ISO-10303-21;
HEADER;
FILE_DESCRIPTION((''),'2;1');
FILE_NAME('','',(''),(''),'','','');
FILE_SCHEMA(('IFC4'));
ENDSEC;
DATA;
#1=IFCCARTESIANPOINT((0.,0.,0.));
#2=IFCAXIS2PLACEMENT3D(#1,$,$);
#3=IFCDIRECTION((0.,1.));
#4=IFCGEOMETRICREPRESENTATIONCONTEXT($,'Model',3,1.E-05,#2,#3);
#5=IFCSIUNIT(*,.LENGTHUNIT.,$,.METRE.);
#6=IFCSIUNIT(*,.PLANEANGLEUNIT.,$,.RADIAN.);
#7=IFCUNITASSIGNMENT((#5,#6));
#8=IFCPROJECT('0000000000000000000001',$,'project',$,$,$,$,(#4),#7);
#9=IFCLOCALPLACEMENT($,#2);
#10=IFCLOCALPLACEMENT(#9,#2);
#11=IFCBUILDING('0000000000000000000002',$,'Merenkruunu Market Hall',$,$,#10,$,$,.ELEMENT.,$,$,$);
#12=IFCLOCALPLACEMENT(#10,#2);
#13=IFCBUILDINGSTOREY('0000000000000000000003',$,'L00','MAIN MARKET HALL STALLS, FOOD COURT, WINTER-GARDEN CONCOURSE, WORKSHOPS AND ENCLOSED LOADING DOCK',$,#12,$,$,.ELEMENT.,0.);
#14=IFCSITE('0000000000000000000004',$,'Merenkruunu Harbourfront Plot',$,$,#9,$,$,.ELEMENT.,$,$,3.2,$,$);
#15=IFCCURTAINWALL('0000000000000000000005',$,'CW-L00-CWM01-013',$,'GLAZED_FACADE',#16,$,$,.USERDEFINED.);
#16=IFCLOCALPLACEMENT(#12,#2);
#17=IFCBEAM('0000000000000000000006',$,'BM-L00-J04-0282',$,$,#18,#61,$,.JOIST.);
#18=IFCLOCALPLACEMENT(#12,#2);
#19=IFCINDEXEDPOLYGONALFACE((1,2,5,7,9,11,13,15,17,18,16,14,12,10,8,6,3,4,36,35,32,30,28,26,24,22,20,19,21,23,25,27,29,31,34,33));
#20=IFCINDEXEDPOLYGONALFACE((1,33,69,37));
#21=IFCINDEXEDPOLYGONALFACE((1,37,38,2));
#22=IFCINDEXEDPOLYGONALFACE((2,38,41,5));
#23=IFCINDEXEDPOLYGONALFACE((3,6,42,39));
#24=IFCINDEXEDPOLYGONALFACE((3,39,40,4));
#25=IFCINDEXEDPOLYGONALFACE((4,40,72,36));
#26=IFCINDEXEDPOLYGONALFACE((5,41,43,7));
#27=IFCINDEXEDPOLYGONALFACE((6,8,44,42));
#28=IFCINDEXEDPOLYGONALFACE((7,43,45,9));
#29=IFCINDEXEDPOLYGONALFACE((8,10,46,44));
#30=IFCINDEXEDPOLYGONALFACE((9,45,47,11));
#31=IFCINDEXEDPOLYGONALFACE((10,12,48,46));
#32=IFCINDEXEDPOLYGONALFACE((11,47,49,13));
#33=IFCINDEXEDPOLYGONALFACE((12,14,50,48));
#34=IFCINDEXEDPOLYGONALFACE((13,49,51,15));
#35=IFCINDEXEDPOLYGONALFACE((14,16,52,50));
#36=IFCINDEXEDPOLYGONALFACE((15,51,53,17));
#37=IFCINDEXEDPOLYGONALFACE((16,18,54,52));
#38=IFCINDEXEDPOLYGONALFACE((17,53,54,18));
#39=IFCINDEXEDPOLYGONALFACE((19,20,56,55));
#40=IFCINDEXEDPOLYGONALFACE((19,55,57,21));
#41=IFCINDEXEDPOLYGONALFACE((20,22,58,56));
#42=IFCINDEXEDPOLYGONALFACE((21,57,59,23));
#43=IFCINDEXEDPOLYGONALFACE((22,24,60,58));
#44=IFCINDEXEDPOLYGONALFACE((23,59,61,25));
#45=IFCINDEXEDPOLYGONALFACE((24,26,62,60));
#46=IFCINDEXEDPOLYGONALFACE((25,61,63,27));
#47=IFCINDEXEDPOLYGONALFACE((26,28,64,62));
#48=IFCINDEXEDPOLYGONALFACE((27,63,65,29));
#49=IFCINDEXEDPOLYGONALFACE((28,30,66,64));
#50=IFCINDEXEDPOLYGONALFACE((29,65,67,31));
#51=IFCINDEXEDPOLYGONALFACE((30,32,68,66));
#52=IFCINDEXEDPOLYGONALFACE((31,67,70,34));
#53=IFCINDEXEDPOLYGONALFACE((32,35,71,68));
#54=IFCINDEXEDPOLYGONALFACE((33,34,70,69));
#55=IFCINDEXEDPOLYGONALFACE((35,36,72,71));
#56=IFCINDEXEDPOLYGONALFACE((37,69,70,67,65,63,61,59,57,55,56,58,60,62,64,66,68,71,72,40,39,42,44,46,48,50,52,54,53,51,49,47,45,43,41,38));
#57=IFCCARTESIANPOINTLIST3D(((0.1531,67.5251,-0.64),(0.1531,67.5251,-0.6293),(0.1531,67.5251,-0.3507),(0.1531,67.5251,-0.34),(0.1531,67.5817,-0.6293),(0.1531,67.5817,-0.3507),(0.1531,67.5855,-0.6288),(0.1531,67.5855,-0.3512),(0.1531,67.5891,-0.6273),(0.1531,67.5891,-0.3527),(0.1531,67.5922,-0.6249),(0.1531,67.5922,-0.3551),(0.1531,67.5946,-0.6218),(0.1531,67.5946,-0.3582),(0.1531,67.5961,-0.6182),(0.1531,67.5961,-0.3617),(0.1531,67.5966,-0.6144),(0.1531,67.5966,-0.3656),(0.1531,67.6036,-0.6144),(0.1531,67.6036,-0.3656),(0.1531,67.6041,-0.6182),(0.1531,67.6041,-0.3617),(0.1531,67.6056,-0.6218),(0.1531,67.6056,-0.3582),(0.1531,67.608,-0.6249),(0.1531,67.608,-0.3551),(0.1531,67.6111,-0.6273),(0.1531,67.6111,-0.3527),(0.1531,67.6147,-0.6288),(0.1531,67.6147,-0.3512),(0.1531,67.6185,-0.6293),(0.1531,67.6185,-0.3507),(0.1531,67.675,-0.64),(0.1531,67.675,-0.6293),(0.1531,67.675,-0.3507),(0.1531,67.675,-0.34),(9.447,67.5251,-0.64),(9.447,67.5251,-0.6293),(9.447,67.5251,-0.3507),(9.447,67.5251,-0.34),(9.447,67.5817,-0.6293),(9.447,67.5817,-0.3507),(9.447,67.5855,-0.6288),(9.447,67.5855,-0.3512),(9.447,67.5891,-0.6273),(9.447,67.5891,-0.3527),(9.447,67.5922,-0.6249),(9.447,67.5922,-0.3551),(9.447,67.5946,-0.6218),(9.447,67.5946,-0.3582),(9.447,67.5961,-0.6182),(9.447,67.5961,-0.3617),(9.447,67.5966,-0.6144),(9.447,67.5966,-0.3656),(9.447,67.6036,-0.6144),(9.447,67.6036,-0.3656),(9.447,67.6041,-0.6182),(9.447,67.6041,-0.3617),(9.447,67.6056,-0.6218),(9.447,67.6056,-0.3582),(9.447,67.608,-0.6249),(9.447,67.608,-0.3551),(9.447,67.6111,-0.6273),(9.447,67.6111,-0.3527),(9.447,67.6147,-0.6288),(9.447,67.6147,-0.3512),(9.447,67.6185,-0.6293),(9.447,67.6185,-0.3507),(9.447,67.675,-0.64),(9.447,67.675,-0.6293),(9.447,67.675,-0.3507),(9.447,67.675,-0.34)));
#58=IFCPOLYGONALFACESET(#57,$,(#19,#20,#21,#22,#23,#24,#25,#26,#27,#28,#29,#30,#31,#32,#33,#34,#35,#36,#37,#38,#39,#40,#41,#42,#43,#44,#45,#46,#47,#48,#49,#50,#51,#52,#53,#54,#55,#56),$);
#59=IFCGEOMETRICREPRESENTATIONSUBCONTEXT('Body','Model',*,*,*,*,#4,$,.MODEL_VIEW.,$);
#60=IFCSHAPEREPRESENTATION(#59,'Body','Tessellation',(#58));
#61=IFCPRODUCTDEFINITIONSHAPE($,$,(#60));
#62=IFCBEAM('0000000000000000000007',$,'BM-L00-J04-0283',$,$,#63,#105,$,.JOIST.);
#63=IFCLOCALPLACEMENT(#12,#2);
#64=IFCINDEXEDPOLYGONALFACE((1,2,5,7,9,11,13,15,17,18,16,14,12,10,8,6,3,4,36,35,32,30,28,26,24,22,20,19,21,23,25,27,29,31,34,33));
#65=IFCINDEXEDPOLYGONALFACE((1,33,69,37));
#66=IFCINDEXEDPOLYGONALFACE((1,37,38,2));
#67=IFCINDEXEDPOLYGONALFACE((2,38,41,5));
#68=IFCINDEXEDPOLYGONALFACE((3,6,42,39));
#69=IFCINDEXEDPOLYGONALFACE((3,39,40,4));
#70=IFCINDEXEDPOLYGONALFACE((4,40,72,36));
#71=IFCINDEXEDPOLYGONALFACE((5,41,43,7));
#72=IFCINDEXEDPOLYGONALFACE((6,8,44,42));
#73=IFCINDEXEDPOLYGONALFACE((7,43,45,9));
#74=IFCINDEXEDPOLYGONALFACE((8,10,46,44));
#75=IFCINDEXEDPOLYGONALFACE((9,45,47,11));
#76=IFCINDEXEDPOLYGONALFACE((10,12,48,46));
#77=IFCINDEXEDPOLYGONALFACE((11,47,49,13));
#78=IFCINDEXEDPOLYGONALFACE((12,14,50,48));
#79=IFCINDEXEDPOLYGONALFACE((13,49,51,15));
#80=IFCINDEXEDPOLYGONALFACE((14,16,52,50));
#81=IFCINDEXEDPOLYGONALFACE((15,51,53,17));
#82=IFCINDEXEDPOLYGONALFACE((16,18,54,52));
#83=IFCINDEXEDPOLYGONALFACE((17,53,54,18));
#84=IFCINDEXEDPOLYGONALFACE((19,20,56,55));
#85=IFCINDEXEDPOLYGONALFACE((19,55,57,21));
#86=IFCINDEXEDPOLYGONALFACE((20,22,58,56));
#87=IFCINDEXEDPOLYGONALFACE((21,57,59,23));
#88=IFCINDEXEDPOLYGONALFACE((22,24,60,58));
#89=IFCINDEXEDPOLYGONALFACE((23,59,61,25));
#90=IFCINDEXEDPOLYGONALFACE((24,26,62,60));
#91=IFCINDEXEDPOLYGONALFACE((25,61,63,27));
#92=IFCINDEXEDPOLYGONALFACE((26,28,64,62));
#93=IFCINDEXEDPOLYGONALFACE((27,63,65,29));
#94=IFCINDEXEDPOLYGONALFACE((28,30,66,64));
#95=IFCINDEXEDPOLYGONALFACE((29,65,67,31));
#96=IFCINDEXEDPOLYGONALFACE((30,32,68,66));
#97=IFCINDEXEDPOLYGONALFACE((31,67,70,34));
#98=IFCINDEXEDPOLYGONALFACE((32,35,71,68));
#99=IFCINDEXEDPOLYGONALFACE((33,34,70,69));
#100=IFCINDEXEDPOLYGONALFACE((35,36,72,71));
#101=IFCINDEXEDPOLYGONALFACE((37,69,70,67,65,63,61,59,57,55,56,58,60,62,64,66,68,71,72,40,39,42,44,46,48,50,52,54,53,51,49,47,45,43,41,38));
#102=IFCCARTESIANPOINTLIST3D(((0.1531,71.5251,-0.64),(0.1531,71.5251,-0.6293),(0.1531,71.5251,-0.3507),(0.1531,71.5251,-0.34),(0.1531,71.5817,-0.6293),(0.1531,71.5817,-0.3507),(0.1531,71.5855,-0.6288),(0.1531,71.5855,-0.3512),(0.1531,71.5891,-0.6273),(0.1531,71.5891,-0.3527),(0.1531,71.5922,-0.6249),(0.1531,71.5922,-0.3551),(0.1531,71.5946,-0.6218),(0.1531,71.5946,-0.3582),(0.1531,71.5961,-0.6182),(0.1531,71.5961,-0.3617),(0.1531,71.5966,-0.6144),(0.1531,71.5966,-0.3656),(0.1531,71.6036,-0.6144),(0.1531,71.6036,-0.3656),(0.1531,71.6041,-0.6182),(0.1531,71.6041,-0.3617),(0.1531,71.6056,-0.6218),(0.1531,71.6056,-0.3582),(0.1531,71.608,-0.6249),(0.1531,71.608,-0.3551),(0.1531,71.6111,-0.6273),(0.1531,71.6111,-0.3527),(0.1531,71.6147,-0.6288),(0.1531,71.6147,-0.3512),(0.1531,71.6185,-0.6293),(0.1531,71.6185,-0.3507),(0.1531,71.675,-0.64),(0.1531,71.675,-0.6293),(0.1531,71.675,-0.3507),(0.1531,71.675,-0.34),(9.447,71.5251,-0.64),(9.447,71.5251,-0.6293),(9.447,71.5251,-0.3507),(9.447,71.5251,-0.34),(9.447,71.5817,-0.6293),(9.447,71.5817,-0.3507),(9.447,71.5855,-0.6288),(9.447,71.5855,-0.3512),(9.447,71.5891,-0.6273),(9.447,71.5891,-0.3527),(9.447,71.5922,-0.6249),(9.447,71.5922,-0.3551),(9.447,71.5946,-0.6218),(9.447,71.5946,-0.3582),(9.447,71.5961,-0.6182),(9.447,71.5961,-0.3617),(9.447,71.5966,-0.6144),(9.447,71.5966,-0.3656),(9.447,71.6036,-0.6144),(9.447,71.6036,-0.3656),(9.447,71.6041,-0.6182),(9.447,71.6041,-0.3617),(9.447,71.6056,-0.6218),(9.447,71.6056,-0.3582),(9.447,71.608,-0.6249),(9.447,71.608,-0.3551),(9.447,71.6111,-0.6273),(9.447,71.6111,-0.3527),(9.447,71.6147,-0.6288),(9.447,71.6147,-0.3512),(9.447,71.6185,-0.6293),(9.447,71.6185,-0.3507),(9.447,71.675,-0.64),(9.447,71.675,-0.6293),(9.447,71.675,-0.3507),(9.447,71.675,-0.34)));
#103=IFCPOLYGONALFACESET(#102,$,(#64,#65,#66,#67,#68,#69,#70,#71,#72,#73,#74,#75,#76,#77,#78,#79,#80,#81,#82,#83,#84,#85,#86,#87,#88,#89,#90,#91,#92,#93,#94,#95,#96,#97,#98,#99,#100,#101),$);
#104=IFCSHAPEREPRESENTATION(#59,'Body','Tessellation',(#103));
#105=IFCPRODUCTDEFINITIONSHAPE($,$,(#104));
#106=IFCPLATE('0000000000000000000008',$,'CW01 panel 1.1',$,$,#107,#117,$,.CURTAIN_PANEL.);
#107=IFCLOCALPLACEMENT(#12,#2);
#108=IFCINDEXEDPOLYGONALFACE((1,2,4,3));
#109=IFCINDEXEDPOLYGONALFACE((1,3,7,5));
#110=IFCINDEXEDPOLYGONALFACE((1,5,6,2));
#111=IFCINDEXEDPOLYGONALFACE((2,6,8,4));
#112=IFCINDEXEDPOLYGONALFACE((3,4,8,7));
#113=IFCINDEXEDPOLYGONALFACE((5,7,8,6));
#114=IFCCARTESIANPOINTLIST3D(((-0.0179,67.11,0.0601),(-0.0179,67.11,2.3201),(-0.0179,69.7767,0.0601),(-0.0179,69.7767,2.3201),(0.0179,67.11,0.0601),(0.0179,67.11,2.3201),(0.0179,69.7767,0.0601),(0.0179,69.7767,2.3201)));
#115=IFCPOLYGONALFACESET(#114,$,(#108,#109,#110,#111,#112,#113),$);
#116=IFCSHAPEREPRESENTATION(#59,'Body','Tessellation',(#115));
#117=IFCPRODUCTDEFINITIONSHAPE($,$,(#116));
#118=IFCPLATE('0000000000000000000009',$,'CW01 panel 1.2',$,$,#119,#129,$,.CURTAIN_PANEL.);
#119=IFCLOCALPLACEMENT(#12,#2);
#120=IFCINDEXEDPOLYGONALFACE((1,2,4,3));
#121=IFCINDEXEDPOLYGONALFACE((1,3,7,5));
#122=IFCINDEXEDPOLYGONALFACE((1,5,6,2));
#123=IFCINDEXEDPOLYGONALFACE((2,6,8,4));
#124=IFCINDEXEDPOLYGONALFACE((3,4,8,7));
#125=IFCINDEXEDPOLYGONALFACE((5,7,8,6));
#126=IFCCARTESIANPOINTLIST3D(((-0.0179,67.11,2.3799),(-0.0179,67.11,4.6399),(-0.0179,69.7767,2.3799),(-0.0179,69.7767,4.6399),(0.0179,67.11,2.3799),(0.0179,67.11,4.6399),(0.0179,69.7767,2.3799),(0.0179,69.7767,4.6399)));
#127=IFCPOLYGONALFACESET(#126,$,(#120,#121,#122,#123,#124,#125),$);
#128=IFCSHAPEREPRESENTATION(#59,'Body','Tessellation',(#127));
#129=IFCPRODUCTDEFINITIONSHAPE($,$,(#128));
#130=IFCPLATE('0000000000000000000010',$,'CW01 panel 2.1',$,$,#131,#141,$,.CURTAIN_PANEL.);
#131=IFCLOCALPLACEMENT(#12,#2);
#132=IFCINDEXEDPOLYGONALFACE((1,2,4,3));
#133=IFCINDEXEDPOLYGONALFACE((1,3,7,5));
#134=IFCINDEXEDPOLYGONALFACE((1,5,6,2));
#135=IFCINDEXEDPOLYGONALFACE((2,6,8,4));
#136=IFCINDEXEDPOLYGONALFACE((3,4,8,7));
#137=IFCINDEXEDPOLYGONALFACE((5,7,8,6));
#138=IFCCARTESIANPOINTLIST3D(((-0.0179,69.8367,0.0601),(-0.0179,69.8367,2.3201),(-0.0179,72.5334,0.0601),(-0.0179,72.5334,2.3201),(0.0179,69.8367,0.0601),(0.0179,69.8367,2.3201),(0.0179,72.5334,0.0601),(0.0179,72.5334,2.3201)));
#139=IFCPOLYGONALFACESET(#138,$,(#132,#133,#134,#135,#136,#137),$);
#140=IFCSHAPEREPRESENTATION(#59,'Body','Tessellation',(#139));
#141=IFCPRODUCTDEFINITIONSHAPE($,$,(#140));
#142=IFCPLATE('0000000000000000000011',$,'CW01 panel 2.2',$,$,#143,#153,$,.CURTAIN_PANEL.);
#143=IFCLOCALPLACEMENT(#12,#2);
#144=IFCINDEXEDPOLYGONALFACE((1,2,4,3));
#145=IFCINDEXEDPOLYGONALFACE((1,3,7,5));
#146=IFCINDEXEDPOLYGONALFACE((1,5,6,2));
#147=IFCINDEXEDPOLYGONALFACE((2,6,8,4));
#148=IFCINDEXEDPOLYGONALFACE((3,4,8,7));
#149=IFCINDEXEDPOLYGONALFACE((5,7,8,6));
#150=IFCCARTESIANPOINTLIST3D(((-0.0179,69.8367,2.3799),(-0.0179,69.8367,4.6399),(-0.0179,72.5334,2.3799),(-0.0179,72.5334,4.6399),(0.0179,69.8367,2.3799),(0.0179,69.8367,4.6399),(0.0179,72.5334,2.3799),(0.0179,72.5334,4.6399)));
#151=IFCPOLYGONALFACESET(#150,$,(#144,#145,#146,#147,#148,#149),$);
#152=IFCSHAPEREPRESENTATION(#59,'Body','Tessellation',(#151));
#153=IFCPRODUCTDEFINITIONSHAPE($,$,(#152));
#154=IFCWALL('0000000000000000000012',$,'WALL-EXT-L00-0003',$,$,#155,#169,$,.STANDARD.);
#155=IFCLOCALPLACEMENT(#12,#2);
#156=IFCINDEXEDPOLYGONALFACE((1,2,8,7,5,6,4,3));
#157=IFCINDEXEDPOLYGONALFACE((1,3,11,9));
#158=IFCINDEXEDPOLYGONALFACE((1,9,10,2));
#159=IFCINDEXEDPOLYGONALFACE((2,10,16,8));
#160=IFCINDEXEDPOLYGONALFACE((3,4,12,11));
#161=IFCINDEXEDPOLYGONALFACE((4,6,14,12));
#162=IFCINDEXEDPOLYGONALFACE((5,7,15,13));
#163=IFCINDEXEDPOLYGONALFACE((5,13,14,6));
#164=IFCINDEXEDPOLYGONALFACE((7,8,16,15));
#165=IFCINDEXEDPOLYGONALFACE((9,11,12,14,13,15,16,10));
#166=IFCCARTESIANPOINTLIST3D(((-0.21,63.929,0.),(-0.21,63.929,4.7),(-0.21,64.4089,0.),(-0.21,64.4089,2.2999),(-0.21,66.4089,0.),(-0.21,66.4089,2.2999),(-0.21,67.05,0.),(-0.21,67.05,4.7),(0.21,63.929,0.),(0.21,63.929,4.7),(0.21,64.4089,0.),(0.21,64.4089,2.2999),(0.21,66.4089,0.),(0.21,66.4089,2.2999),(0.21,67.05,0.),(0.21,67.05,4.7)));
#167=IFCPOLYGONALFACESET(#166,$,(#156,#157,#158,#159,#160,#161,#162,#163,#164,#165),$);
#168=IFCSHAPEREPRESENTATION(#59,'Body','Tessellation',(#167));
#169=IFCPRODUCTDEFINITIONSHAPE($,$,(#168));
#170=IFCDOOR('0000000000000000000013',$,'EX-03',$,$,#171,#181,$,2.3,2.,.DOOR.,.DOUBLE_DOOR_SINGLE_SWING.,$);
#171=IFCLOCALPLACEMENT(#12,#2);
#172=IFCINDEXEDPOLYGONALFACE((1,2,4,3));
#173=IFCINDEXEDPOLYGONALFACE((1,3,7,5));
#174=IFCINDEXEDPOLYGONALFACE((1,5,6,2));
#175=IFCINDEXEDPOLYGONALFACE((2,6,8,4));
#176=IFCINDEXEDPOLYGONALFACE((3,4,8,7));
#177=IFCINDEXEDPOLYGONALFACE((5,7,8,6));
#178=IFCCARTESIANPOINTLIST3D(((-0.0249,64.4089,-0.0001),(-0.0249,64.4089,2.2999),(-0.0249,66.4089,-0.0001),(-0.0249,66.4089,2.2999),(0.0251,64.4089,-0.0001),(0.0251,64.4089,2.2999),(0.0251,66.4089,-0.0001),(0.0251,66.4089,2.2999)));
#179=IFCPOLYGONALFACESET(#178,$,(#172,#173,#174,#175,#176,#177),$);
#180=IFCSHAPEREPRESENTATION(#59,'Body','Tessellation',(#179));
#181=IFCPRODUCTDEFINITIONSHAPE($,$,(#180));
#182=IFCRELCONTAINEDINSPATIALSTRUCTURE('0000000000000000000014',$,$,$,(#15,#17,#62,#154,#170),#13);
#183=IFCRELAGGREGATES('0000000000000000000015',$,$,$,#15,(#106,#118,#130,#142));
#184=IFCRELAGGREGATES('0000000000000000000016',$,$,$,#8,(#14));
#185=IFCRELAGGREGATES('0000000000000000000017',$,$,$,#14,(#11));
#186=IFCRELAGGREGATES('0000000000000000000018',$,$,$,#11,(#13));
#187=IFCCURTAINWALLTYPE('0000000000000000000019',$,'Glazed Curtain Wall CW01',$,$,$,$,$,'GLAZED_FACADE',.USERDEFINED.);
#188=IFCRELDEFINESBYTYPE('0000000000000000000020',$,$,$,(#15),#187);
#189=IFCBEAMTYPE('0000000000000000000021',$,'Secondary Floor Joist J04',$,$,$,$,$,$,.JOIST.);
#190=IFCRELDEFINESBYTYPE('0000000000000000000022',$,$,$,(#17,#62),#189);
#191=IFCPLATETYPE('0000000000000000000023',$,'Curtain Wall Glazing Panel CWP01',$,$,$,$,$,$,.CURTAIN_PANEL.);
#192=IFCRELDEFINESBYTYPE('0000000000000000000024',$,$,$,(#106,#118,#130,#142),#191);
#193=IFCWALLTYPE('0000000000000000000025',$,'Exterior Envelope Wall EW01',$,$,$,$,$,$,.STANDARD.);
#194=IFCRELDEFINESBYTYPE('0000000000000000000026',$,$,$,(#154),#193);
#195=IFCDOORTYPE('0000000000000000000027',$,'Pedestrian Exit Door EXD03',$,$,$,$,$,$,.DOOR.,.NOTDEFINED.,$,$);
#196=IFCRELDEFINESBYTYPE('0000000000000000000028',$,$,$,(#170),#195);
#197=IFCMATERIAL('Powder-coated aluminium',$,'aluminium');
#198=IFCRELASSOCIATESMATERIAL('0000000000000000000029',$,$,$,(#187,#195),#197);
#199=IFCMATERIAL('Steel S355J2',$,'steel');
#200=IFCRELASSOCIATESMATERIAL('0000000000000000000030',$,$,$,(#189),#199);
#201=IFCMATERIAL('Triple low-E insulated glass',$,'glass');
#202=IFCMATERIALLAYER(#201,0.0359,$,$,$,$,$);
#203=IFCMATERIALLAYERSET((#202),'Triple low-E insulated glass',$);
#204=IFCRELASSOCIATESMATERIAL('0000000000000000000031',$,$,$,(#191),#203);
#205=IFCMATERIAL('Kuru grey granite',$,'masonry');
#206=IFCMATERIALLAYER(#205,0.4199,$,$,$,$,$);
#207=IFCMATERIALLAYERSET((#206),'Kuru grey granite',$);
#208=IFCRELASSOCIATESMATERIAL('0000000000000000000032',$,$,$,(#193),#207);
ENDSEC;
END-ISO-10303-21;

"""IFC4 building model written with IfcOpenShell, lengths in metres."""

from ifc_helpers import new_model, si_unit, direction, frame, frame_2d, origin, origin_2d, place, context, subcontext, project, spatial, rectangle, i_section, extrude, material, layer, layer_set, material_profile, profile_set, type_object, element, fill, aggregate, save


model = new_model("IFC4")

# Units and contexts
model_context = context("Model", 3, precision=1e-05, world=origin(), true_north=direction((0.0, 1.0)))
body_context = subcontext(model_context, "Body", "Model", "MODEL_VIEW")
ifc_project = project(units=[si_unit("LENGTHUNIT", "METRE"), si_unit("PLANEANGLEUNIT", "RADIAN")], contexts=[model_context])

# Site, building, storey
site_placement = place(None, origin())
site = spatial("IfcSite", under=ifc_project, at=site_placement, Name="Merenkruunu Harbourfront Plot", CompositionType="ELEMENT", RefElevation=3.2)
building_placement = place(site_placement, origin())
building = spatial("IfcBuilding", under=site, at=building_placement, Name="Merenkruunu Market Hall", CompositionType="ELEMENT")
storey_placement = place(building_placement, origin())
storey = spatial("IfcBuildingStorey", under=building, at=storey_placement, Name="L00", Description="MAIN MARKET HALL STALLS, FOOD COURT, WINTER-GARDEN CONCOURSE, WORKSHOPS AND ENCLOSED LOADING DOCK", CompositionType="ELEMENT", Elevation=0.0)

# Curtain wall
ifc_material_1 = material(Name="Powder-coated aluminium", Category="aluminium")
curtain_wall_type = type_object("IfcCurtainWallType", Name="Glazed Curtain Wall CW01", ElementType="GLAZED_FACADE", PredefinedType="USERDEFINED", material=ifc_material_1)
curtain_wall_placement = place(storey_placement, origin())
curtain_wall = element("IfcCurtainWall", 1, at=curtain_wall_placement, inside=storey, type_object=curtain_wall_type, Name="CW-L00-CWM01-013", ObjectType="GLAZED_FACADE", PredefinedType="USERDEFINED")

# Beams
ifc_material_2 = material(Name="Steel S355J2", Category="steel")
ifc_material_profile_1 = material_profile(ifc_material_2, i_section(OverallWidth=0.1499, OverallDepth=0.3, WebThickness=0.0071, FlangeThickness=0.0107, FilletRadius=0.0149, at=origin_2d()), Name="IPE 300")
ifc_profile_set_1 = profile_set([ifc_material_profile_1], Name="Steel S355J2")
beam_type = type_object("IfcBeamType", Name="Secondary Floor Joist J04", PredefinedType="JOIST", material=ifc_profile_set_1)
for number, where, z_axis, x_axis, name in (
    (2, (0.1531, 67.6001, -0.49), (1.0, 0.0, 0.0), (0.0, 1.0, 0.0), "BM-L00-J04-0282"),
    (3, (0.1531, 71.6001, -0.49), (1.0, 0.0, 0.0), (0.0, 1.0, 0.0), "BM-L00-J04-0283"),
):
    element("IfcBeam", number, at=place(storey_placement, frame(where, z_axis=z_axis, x_axis=x_axis)), inside=storey, type_object=beam_type, Name=name, PredefinedType="JOIST", context=body_context, shape_type="SweptSolid", body=[
        extrude(i_section(OverallWidth=0.1499, OverallDepth=0.3, WebThickness=0.0071, FlangeThickness=0.0107, FilletRadius=0.0149, at=origin_2d()), origin(), (0.0, 0.0, 1.0), 9.2939),
    ])

# Plates
ifc_material_3 = material(Name="Triple low-E insulated glass", Category="glass")
ifc_layer_1 = layer(ifc_material_3, 0.0359)
ifc_layer_set_1 = layer_set([ifc_layer_1], Name="Triple low-E insulated glass")
plate_type = type_object("IfcPlateType", Name="Curtain Wall Glazing Panel CWP01", PredefinedType="CURTAIN_PANEL", material=ifc_layer_set_1)
plate_1_placement = place(storey_placement, frame((0.0, 68.4434, 0.0601), z_axis=(0.0, 0.0, 1.0), x_axis=(0.0, 1.0, 0.0)))
plate_1 = element("IfcPlate", 4, at=plate_1_placement, type_object=plate_type, Name="CW01 panel 1.1", PredefinedType="CURTAIN_PANEL", context=body_context, shape_type="SweptSolid", body=[
    extrude(rectangle(XDim=2.6667, YDim=0.0359, at=origin_2d()), origin(), (0.0, 0.0, 1.0), 2.26),
])
plate_2_placement = place(storey_placement, frame((0.0, 68.4434, 2.3799), z_axis=(0.0, 0.0, 1.0), x_axis=(0.0, 1.0, 0.0)))
plate_2 = element("IfcPlate", 5, at=plate_2_placement, type_object=plate_type, Name="CW01 panel 1.2", PredefinedType="CURTAIN_PANEL", context=body_context, shape_type="SweptSolid", body=[
    extrude(rectangle(XDim=2.6667, YDim=0.0359, at=origin_2d()), origin(), (0.0, 0.0, 1.0), 2.26),
])
plate_3_placement = place(storey_placement, frame((0.0, 71.1851, 0.0601), z_axis=(0.0, 0.0, 1.0), x_axis=(0.0, 1.0, 0.0)))
plate_3 = element("IfcPlate", 6, at=plate_3_placement, type_object=plate_type, Name="CW01 panel 2.1", PredefinedType="CURTAIN_PANEL", context=body_context, shape_type="SweptSolid", body=[
    extrude(rectangle(XDim=2.6968, YDim=0.0359, at=origin_2d()), origin(), (0.0, 0.0, 1.0), 2.26),
])
plate_4_placement = place(storey_placement, frame((0.0, 71.1851, 2.3799), z_axis=(0.0, 0.0, 1.0), x_axis=(0.0, 1.0, 0.0)))
plate_4 = element("IfcPlate", 7, at=plate_4_placement, type_object=plate_type, Name="CW01 panel 2.2", PredefinedType="CURTAIN_PANEL", context=body_context, shape_type="SweptSolid", body=[
    extrude(rectangle(XDim=2.6968, YDim=0.0359, at=origin_2d()), origin(), (0.0, 0.0, 1.0), 2.26),
])
aggregate(curtain_wall, [plate_1, plate_2, plate_3, plate_4])

# Wall, opening, door
ifc_material_4 = material(Name="Kuru grey granite", Category="masonry")
ifc_layer_2 = layer(ifc_material_4, 0.4199)
ifc_layer_set_2 = layer_set([ifc_layer_2], Name="Kuru grey granite")
wall_type = type_object("IfcWallType", Name="Exterior Envelope Wall EW01", PredefinedType="STANDARD", material=ifc_layer_set_2)
wall_placement = place(storey_placement, frame((0.0, 63.929, 0.0), z_axis=(0.0, 0.0, 1.0), x_axis=(0.0, 1.0, 0.0)))
wall = element("IfcWall", 8, at=wall_placement, inside=storey, type_object=wall_type, Name="WALL-EXT-L00-0003", PredefinedType="STANDARD", context=body_context, shape_type="SweptSolid", body=[
    extrude(rectangle(XDim=3.1211, YDim=0.4199, at=frame_2d((1.5605, 0.0))), origin(), (0.0, 0.0, 1.0), 4.7),
])
opening_placement = place(wall_placement, frame((0.48, 0.0, 0.0)))
opening = element("IfcOpeningElement", 9, at=opening_placement, cuts=wall, PredefinedType="OPENING", context=body_context, shape_type="SweptSolid", body=[
    extrude(rectangle(XDim=2.0, YDim=2.3, at=frame_2d((1.0, 1.1499))), frame((0.0, 0.22, 0.0), z_axis=(0.0, -1.0, 0.0), x_axis=(1.0, 0.0, 0.0)), (0.0, 0.0, 1.0), 0.4399),
])
door_type = type_object("IfcDoorType", Name="Pedestrian Exit Door EXD03", OperationType="NOTDEFINED", PredefinedType="DOOR", material=ifc_material_1)
door_placement = place(opening_placement, origin())
door = element("IfcDoor", 10, at=door_placement, inside=storey, type_object=door_type, Name="EX-03", OperationType="DOUBLE_DOOR_SINGLE_SWING", OverallHeight=2.3, OverallWidth=2.0, PredefinedType="DOOR", context=body_context, shape_type="SweptSolid", body=[
    extrude(rectangle(XDim=2.0, YDim=2.3, at=frame_2d((1.0, 1.1499))), frame((0.0, 0.0249, 0.0), z_axis=(0.0, -1.0, 0.0), x_axis=(1.0, 0.0, 0.0)), (0.0, 0.0, 1.0), 0.05),
])
fill(opening, door)

save(model, "model.ifc")
